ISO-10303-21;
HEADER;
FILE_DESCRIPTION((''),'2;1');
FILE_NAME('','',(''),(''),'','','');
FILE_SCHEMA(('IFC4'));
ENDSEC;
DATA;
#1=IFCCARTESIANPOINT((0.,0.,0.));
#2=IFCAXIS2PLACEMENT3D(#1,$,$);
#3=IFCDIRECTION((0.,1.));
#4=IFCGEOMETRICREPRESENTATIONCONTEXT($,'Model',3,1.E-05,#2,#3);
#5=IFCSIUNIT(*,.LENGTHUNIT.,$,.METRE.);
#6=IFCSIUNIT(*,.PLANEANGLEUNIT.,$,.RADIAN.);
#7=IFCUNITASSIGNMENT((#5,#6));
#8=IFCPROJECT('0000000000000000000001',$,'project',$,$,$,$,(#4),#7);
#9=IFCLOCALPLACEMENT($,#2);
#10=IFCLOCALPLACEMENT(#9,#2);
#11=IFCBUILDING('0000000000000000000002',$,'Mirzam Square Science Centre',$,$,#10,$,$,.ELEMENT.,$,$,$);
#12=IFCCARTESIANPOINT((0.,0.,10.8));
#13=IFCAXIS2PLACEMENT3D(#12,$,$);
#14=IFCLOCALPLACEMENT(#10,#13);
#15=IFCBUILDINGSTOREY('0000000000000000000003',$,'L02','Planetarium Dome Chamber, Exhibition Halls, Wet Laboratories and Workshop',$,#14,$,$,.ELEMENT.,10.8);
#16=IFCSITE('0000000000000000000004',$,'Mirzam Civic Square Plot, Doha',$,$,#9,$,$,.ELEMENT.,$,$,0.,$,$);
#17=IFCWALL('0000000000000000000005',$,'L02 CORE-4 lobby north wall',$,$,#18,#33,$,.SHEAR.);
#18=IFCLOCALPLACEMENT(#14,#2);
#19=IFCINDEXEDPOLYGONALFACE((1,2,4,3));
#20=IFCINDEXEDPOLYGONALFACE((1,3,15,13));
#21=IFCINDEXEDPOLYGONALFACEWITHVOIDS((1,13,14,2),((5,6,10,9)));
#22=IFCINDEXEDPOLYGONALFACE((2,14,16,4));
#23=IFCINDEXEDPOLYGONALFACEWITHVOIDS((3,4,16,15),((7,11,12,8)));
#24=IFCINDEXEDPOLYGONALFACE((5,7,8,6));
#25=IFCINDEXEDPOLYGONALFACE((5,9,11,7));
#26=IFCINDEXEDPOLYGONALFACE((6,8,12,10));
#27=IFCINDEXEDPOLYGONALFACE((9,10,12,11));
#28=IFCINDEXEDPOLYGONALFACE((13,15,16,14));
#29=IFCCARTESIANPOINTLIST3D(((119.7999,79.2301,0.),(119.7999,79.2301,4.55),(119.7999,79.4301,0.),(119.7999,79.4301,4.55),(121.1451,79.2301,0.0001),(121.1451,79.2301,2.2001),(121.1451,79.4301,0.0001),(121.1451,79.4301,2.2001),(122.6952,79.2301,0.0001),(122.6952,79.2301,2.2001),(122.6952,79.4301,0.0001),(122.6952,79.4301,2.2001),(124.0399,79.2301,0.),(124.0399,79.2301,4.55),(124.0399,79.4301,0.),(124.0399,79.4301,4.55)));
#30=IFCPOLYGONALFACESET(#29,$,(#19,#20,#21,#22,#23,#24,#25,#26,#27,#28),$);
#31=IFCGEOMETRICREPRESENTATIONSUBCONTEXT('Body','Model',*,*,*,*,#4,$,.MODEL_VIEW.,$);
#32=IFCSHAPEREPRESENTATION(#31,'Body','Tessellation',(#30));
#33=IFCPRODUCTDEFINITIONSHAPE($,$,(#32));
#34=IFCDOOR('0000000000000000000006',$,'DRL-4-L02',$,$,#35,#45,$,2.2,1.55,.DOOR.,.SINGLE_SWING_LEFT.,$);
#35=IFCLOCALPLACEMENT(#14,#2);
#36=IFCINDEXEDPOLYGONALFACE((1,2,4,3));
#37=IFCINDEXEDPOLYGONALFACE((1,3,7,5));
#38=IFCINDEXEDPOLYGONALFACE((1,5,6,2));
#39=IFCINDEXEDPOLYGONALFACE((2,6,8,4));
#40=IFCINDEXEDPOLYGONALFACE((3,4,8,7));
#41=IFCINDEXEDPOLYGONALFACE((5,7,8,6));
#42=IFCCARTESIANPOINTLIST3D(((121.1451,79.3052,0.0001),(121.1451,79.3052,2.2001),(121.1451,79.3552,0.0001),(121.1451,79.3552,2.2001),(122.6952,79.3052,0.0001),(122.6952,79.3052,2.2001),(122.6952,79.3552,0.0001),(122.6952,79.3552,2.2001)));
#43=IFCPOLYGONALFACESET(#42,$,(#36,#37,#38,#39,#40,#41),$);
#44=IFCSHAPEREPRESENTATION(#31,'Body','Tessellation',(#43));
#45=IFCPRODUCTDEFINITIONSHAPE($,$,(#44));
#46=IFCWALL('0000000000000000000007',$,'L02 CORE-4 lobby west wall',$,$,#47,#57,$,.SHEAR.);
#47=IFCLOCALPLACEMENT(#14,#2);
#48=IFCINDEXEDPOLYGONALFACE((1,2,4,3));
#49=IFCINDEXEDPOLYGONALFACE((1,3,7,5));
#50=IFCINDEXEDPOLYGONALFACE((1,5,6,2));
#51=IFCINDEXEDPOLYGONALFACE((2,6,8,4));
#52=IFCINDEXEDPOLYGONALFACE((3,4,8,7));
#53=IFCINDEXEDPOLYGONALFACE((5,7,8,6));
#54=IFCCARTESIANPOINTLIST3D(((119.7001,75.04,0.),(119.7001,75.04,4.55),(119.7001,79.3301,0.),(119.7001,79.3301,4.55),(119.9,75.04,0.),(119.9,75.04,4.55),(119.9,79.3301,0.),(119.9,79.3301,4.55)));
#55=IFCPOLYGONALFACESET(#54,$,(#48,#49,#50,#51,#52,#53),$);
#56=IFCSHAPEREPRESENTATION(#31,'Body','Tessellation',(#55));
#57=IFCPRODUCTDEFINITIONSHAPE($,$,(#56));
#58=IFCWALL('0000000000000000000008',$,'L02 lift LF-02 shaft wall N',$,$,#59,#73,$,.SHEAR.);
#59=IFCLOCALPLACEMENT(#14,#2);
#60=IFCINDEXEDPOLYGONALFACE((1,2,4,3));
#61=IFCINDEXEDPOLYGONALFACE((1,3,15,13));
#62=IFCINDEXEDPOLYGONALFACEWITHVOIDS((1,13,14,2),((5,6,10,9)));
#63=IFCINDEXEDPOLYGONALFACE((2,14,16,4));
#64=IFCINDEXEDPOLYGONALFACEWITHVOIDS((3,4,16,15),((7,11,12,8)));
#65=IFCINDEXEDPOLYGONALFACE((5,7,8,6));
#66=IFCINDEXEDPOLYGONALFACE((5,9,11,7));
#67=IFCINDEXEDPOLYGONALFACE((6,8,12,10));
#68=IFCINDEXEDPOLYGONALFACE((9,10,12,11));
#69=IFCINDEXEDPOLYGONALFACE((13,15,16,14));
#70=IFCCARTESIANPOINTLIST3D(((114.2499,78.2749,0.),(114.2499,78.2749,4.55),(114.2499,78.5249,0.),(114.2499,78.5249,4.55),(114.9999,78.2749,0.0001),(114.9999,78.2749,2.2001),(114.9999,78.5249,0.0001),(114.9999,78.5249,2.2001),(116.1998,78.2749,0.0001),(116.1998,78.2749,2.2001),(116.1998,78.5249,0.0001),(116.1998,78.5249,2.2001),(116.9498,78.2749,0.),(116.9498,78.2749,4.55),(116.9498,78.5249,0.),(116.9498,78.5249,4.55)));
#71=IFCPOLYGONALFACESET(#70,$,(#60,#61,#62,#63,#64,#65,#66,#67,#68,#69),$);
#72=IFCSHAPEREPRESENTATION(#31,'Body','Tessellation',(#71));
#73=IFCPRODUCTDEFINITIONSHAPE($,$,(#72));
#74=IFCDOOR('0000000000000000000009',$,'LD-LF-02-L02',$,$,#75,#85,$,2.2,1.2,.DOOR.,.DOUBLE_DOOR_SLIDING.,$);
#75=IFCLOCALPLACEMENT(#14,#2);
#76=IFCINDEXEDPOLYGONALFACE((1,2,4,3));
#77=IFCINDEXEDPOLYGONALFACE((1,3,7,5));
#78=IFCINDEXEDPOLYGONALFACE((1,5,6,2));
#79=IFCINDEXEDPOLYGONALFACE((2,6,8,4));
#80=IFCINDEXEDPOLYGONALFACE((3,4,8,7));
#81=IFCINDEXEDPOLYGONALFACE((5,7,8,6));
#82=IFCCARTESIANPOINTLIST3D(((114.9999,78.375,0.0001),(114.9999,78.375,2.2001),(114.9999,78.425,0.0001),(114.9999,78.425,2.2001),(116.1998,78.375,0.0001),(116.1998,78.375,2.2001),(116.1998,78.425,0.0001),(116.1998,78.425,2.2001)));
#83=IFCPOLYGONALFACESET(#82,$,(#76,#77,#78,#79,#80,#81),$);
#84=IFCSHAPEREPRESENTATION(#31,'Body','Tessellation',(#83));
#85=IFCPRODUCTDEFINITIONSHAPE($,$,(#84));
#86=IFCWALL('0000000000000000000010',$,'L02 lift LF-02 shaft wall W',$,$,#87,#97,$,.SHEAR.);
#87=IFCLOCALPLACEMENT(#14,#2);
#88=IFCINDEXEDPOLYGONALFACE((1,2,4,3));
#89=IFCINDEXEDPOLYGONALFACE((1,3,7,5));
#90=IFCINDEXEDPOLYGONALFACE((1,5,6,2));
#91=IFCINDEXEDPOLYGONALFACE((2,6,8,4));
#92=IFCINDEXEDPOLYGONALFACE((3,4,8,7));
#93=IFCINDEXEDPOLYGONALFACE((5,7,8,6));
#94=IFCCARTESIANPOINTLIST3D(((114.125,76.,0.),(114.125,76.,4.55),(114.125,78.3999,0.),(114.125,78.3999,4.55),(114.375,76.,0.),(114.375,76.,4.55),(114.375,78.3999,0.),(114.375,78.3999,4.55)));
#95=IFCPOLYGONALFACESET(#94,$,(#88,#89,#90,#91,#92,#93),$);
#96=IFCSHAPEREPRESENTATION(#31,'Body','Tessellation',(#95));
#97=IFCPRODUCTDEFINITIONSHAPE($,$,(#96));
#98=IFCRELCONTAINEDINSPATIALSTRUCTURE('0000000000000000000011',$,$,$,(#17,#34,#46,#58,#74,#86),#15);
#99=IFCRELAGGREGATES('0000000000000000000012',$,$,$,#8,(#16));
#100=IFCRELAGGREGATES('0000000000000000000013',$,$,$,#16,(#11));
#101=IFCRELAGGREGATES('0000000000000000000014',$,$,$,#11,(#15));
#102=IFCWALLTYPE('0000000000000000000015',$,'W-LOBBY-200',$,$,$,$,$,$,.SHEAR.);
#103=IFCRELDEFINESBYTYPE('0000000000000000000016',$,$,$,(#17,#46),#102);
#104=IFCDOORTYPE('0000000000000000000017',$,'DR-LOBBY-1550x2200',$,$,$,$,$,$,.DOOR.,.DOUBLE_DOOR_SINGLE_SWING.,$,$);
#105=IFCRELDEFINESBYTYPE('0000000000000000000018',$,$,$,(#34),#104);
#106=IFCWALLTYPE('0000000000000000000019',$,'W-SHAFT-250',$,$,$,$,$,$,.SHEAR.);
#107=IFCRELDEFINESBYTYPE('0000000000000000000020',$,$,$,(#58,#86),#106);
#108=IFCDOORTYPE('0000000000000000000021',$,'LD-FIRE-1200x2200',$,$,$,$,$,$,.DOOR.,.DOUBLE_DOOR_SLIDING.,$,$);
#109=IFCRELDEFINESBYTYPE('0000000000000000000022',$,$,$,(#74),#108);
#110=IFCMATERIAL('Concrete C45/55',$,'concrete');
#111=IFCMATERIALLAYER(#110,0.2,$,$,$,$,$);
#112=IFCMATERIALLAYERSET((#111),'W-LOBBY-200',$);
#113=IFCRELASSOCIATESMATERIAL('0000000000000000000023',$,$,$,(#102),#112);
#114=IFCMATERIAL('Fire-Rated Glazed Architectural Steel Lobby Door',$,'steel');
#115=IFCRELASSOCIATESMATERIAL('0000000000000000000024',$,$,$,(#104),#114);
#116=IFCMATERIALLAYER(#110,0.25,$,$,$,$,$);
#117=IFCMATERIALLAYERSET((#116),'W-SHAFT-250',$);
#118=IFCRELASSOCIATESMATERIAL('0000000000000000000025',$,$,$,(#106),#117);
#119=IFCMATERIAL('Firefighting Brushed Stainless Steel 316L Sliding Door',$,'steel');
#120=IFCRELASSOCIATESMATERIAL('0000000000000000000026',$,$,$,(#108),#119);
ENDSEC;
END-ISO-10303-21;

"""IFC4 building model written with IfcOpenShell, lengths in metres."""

from ifc_helpers import new_model, si_unit, direction, frame, frame_2d, origin, place, context, subcontext, project, spatial, rectangle, extrude, material, layer, layer_set, type_object, element, fill, save


model = new_model("IFC4")

# Units and contexts
model_context = context("Model", 3, precision=1e-05, world=origin(), true_north=direction((0.0, 1.0)))
body_context = subcontext(model_context, "Body", "Model", "MODEL_VIEW")
ifc_project = project(units=[si_unit("LENGTHUNIT", "METRE"), si_unit("PLANEANGLEUNIT", "RADIAN")], contexts=[model_context])

# Site, building, storey
site_placement = place(None, origin())
site = spatial("IfcSite", under=ifc_project, at=site_placement, Name="Mirzam Civic Square Plot, Doha", CompositionType="ELEMENT", RefElevation=0.0)
building_placement = place(site_placement, origin())
building = spatial("IfcBuilding", under=site, at=building_placement, Name="Mirzam Square Science Centre", CompositionType="ELEMENT")
storey_placement = place(building_placement, frame((0.0, 0.0, 10.8)))
storey = spatial("IfcBuildingStorey", under=building, at=storey_placement, Name="L02", Description="Planetarium Dome Chamber, Exhibition Halls, Wet Laboratories and Workshop", CompositionType="ELEMENT", Elevation=10.8)

# Wall, opening, door
ifc_material_1 = material(Name="Concrete C45/55", Category="concrete")
ifc_layer_1 = layer(ifc_material_1, 0.2)
ifc_layer_set_1 = layer_set([ifc_layer_1], Name="W-LOBBY-200")
wall_type_1 = type_object("IfcWallType", Name="W-LOBBY-200", PredefinedType="SHEAR", material=ifc_layer_set_1)
wall_1_placement = place(storey_placement, frame((124.04, 79.3301, 0.0), z_axis=(0.0, 0.0, 1.0), x_axis=(-1.0, 0.0, 0.0)))
wall_1 = element("IfcWall", 1, at=wall_1_placement, inside=storey, type_object=wall_type_1, Name="L02 CORE-4 lobby north wall", PredefinedType="SHEAR", context=body_context, shape_type="SweptSolid", body=[
    extrude(rectangle(XDim=4.24, YDim=0.2, at=frame_2d((2.1201, 0.0))), origin(), (0.0, 0.0, 1.0), 4.55),
])
opening_1_placement = place(wall_1_placement, frame((1.345, 0.0, 0.0)))
opening_1 = element("IfcOpeningElement", 2, at=opening_1_placement, cuts=wall_1, PredefinedType="OPENING", context=body_context, shape_type="SweptSolid", body=[
    extrude(rectangle(XDim=1.55, YDim=2.2, at=frame_2d((0.7749, 1.1001))), frame((0.0, 0.1099, 0.0), z_axis=(0.0, -1.0, 0.0), x_axis=(1.0, 0.0, 0.0)), (0.0, 0.0, 1.0), 0.22),
])
ifc_material_2 = material(Name="Fire-Rated Glazed Architectural Steel Lobby Door", Category="steel")
door_type_1 = type_object("IfcDoorType", Name="DR-LOBBY-1550x2200", OperationType="DOUBLE_DOOR_SINGLE_SWING", PredefinedType="DOOR", material=ifc_material_2)
door_1_placement = place(opening_1_placement, origin())
door_1 = element("IfcDoor", 3, at=door_1_placement, inside=storey, type_object=door_type_1, Name="DRL-4-L02", OperationType="SINGLE_SWING_LEFT", OverallHeight=2.2, OverallWidth=1.55, PredefinedType="DOOR", context=body_context, shape_type="SweptSolid", body=[
    extrude(rectangle(XDim=1.55, YDim=2.2, at=frame_2d((0.7749, 1.1001))), frame((0.0, 0.0249, 0.0), z_axis=(0.0, -1.0, 0.0), x_axis=(1.0, 0.0, 0.0)), (0.0, 0.0, 1.0), 0.05),
])
fill(opening_1, door_1)

# Wall
wall_2_placement = place(storey_placement, frame((119.8, 79.3301, 0.0), z_axis=(0.0, 0.0, 1.0), x_axis=(0.0, -1.0, 0.0)))
element("IfcWall", 4, at=wall_2_placement, inside=storey, type_object=wall_type_1, Name="L02 CORE-4 lobby west wall", PredefinedType="SHEAR", context=body_context, shape_type="SweptSolid", body=[
    extrude(rectangle(XDim=4.29, YDim=0.2, at=frame_2d((2.145, 0.0))), origin(), (0.0, 0.0, 1.0), 4.55),
])

# Wall, opening, door
ifc_layer_2 = layer(ifc_material_1, 0.25)
ifc_layer_set_2 = layer_set([ifc_layer_2], Name="W-SHAFT-250")
wall_type_2 = type_object("IfcWallType", Name="W-SHAFT-250", PredefinedType="SHEAR", material=ifc_layer_set_2)
wall_3_placement = place(storey_placement, frame((116.95, 78.3999, 0.0), z_axis=(0.0, 0.0, 1.0), x_axis=(-1.0, 0.0, 0.0)))
wall_3 = element("IfcWall", 5, at=wall_3_placement, inside=storey, type_object=wall_type_2, Name="L02 lift LF-02 shaft wall N", PredefinedType="SHEAR", context=body_context, shape_type="SweptSolid", body=[
    extrude(rectangle(XDim=2.7, YDim=0.25, at=frame_2d((1.3501, 0.0))), origin(), (0.0, 0.0, 1.0), 4.55),
])
opening_2_placement = place(wall_3_placement, frame((0.75, 0.0, 0.0)))
opening_2 = element("IfcOpeningElement", 6, at=opening_2_placement, cuts=wall_3, PredefinedType="OPENING", context=body_context, shape_type="SweptSolid", body=[
    extrude(rectangle(XDim=1.2, YDim=2.2, at=frame_2d((0.6001, 1.1001))), frame((0.0, 0.135, 0.0), z_axis=(0.0, -1.0, 0.0), x_axis=(1.0, 0.0, 0.0)), (0.0, 0.0, 1.0), 0.27),
])
ifc_material_3 = material(Name="Firefighting Brushed Stainless Steel 316L Sliding Door", Category="steel")
door_type_2 = type_object("IfcDoorType", Name="LD-FIRE-1200x2200", OperationType="DOUBLE_DOOR_SLIDING", PredefinedType="DOOR", material=ifc_material_3)
door_2_placement = place(opening_2_placement, origin())
door_2 = element("IfcDoor", 7, at=door_2_placement, inside=storey, type_object=door_type_2, Name="LD-LF-02-L02", OperationType="DOUBLE_DOOR_SLIDING", OverallHeight=2.2, OverallWidth=1.2, PredefinedType="DOOR", context=body_context, shape_type="SweptSolid", body=[
    extrude(rectangle(XDim=1.2, YDim=2.2, at=frame_2d((0.6001, 1.1001))), frame((0.0, 0.0249, 0.0), z_axis=(0.0, -1.0, 0.0), x_axis=(1.0, 0.0, 0.0)), (0.0, 0.0, 1.0), 0.05),
])
fill(opening_2, door_2)

# Wall
wall_4_placement = place(storey_placement, frame((114.25, 78.3999, 0.0), z_axis=(0.0, 0.0, 1.0), x_axis=(0.0, -1.0, 0.0)))
element("IfcWall", 8, at=wall_4_placement, inside=storey, type_object=wall_type_2, Name="L02 lift LF-02 shaft wall W", PredefinedType="SHEAR", context=body_context, shape_type="SweptSolid", body=[
    extrude(rectangle(XDim=2.3999, YDim=0.25, at=frame_2d((1.2, 0.0))), origin(), (0.0, 0.0, 1.0), 4.55),
])

save(model, "model.ifc")
